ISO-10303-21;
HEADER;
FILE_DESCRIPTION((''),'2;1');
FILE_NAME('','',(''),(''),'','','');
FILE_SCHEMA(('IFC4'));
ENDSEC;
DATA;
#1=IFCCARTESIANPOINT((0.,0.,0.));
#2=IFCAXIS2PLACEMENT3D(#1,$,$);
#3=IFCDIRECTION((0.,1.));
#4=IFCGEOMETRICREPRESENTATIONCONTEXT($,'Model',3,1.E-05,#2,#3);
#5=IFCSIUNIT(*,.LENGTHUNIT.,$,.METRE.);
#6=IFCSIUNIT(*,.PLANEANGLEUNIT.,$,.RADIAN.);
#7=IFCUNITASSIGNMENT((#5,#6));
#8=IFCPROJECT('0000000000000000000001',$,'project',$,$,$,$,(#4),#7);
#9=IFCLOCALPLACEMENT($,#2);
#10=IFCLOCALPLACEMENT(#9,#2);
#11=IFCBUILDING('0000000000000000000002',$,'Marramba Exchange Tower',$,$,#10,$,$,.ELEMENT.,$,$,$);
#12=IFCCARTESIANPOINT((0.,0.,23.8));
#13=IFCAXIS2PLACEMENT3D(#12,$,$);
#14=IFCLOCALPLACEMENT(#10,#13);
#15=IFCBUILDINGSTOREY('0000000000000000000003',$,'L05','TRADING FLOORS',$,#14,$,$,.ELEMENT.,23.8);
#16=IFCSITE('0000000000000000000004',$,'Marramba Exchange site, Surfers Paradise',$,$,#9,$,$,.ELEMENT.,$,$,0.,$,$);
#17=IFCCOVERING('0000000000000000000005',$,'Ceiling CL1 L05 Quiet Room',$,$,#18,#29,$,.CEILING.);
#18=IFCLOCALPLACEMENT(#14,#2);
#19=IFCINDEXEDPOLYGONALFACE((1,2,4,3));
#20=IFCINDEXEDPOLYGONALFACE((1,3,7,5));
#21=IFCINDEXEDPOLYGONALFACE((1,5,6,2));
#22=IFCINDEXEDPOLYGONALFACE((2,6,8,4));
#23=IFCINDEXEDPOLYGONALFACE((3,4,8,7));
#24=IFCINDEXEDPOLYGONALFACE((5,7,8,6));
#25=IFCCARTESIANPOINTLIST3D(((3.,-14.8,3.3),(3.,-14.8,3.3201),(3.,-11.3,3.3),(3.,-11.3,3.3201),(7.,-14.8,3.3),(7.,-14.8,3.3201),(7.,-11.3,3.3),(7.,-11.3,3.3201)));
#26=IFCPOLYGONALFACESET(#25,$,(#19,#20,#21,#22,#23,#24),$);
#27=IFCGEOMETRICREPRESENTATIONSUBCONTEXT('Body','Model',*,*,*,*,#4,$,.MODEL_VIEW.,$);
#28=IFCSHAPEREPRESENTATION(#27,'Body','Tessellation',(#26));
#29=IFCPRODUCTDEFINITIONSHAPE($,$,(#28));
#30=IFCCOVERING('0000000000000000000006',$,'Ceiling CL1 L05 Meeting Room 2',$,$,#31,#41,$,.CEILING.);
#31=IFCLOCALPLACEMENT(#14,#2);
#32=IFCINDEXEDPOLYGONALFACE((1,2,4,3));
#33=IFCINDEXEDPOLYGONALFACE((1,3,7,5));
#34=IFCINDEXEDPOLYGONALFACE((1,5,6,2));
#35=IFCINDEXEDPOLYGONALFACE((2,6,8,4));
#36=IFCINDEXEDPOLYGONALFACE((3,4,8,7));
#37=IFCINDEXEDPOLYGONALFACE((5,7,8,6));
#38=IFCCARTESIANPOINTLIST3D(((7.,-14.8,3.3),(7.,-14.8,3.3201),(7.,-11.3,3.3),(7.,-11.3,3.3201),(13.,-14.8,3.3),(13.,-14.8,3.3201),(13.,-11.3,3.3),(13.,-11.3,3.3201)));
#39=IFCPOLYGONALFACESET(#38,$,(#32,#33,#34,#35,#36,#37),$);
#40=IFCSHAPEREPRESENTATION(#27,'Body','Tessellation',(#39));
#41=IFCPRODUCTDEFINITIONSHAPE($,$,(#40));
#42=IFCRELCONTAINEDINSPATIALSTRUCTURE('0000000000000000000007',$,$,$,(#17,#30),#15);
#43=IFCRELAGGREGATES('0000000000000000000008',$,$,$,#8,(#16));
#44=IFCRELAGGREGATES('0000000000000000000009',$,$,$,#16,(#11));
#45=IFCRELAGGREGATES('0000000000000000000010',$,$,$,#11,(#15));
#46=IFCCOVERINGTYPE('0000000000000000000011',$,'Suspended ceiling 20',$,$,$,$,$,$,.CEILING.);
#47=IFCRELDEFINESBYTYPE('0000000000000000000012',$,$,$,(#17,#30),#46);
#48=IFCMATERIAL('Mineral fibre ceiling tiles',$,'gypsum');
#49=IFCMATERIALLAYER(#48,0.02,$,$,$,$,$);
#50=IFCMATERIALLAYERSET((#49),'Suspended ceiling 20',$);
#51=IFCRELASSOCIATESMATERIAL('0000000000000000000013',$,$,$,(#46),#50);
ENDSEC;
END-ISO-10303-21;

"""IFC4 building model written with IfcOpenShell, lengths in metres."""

from ifc_helpers import new_model, si_unit, direction, frame, origin, place, context, subcontext, project, spatial, polyline, outline, extrude, material, layer, layer_set, type_object, element, save


model = new_model("IFC4")

# Units and contexts
model_context = context("Model", 3, precision=1e-05, world=origin(), true_north=direction((0.0, 1.0)))
body_context = subcontext(model_context, "Body", "Model", "MODEL_VIEW")
ifc_project = project(units=[si_unit("LENGTHUNIT", "METRE"), si_unit("PLANEANGLEUNIT", "RADIAN")], contexts=[model_context])

# Site, building, storey
site_placement = place(None, origin())
site = spatial("IfcSite", under=ifc_project, at=site_placement, Name="Marramba Exchange site, Surfers Paradise", CompositionType="ELEMENT", RefElevation=0.0)
building_placement = place(site_placement, origin())
building = spatial("IfcBuilding", under=site, at=building_placement, Name="Marramba Exchange Tower", CompositionType="ELEMENT")
storey_placement = place(building_placement, frame((0.0, 0.0, 23.8)))
storey = spatial("IfcBuildingStorey", under=building, at=storey_placement, Name="L05", Description="TRADING FLOORS", CompositionType="ELEMENT", Elevation=23.8)

# Coverings
ifc_material_1 = material(Name="Mineral fibre ceiling tiles", Category="gypsum")
ifc_layer_1 = layer(ifc_material_1, 0.02)
ifc_layer_set_1 = layer_set([ifc_layer_1], Name="Suspended ceiling 20")
covering_type_1 = type_object("IfcCoveringType", Name="Suspended ceiling 20", PredefinedType="CEILING", material=ifc_layer_set_1)
covering_1_placement = place(storey_placement, frame((0.0, 0.0, 3.3)))
element("IfcCovering", 1, at=covering_1_placement, inside=storey, type_object=covering_type_1, Name="Ceiling CL1 L05 Quiet Room", PredefinedType="CEILING", context=body_context, shape_type="SweptSolid", body=[
    extrude(outline(polyline([(7.0, -11.3), (7.0, -14.8), (3.0, -14.8), (3.0, -11.3), (7.0, -11.3)])), origin(), (0.0, 0.0, 1.0), 0.02),
])
covering_2_placement = place(storey_placement, frame((0.0, 0.0, 3.3)))
element("IfcCovering", 2, at=covering_2_placement, inside=storey, type_object=covering_type_1, Name="Ceiling CL1 L05 Meeting Room 2", PredefinedType="CEILING", context=body_context, shape_type="SweptSolid", body=[
    extrude(outline(polyline([(13.0, -14.8), (7.0, -14.8), (7.0, -11.3), (13.0, -11.3), (13.0, -14.8)])), origin(), (0.0, 0.0, 1.0), 0.02),
])

save(model, "model.ifc")
